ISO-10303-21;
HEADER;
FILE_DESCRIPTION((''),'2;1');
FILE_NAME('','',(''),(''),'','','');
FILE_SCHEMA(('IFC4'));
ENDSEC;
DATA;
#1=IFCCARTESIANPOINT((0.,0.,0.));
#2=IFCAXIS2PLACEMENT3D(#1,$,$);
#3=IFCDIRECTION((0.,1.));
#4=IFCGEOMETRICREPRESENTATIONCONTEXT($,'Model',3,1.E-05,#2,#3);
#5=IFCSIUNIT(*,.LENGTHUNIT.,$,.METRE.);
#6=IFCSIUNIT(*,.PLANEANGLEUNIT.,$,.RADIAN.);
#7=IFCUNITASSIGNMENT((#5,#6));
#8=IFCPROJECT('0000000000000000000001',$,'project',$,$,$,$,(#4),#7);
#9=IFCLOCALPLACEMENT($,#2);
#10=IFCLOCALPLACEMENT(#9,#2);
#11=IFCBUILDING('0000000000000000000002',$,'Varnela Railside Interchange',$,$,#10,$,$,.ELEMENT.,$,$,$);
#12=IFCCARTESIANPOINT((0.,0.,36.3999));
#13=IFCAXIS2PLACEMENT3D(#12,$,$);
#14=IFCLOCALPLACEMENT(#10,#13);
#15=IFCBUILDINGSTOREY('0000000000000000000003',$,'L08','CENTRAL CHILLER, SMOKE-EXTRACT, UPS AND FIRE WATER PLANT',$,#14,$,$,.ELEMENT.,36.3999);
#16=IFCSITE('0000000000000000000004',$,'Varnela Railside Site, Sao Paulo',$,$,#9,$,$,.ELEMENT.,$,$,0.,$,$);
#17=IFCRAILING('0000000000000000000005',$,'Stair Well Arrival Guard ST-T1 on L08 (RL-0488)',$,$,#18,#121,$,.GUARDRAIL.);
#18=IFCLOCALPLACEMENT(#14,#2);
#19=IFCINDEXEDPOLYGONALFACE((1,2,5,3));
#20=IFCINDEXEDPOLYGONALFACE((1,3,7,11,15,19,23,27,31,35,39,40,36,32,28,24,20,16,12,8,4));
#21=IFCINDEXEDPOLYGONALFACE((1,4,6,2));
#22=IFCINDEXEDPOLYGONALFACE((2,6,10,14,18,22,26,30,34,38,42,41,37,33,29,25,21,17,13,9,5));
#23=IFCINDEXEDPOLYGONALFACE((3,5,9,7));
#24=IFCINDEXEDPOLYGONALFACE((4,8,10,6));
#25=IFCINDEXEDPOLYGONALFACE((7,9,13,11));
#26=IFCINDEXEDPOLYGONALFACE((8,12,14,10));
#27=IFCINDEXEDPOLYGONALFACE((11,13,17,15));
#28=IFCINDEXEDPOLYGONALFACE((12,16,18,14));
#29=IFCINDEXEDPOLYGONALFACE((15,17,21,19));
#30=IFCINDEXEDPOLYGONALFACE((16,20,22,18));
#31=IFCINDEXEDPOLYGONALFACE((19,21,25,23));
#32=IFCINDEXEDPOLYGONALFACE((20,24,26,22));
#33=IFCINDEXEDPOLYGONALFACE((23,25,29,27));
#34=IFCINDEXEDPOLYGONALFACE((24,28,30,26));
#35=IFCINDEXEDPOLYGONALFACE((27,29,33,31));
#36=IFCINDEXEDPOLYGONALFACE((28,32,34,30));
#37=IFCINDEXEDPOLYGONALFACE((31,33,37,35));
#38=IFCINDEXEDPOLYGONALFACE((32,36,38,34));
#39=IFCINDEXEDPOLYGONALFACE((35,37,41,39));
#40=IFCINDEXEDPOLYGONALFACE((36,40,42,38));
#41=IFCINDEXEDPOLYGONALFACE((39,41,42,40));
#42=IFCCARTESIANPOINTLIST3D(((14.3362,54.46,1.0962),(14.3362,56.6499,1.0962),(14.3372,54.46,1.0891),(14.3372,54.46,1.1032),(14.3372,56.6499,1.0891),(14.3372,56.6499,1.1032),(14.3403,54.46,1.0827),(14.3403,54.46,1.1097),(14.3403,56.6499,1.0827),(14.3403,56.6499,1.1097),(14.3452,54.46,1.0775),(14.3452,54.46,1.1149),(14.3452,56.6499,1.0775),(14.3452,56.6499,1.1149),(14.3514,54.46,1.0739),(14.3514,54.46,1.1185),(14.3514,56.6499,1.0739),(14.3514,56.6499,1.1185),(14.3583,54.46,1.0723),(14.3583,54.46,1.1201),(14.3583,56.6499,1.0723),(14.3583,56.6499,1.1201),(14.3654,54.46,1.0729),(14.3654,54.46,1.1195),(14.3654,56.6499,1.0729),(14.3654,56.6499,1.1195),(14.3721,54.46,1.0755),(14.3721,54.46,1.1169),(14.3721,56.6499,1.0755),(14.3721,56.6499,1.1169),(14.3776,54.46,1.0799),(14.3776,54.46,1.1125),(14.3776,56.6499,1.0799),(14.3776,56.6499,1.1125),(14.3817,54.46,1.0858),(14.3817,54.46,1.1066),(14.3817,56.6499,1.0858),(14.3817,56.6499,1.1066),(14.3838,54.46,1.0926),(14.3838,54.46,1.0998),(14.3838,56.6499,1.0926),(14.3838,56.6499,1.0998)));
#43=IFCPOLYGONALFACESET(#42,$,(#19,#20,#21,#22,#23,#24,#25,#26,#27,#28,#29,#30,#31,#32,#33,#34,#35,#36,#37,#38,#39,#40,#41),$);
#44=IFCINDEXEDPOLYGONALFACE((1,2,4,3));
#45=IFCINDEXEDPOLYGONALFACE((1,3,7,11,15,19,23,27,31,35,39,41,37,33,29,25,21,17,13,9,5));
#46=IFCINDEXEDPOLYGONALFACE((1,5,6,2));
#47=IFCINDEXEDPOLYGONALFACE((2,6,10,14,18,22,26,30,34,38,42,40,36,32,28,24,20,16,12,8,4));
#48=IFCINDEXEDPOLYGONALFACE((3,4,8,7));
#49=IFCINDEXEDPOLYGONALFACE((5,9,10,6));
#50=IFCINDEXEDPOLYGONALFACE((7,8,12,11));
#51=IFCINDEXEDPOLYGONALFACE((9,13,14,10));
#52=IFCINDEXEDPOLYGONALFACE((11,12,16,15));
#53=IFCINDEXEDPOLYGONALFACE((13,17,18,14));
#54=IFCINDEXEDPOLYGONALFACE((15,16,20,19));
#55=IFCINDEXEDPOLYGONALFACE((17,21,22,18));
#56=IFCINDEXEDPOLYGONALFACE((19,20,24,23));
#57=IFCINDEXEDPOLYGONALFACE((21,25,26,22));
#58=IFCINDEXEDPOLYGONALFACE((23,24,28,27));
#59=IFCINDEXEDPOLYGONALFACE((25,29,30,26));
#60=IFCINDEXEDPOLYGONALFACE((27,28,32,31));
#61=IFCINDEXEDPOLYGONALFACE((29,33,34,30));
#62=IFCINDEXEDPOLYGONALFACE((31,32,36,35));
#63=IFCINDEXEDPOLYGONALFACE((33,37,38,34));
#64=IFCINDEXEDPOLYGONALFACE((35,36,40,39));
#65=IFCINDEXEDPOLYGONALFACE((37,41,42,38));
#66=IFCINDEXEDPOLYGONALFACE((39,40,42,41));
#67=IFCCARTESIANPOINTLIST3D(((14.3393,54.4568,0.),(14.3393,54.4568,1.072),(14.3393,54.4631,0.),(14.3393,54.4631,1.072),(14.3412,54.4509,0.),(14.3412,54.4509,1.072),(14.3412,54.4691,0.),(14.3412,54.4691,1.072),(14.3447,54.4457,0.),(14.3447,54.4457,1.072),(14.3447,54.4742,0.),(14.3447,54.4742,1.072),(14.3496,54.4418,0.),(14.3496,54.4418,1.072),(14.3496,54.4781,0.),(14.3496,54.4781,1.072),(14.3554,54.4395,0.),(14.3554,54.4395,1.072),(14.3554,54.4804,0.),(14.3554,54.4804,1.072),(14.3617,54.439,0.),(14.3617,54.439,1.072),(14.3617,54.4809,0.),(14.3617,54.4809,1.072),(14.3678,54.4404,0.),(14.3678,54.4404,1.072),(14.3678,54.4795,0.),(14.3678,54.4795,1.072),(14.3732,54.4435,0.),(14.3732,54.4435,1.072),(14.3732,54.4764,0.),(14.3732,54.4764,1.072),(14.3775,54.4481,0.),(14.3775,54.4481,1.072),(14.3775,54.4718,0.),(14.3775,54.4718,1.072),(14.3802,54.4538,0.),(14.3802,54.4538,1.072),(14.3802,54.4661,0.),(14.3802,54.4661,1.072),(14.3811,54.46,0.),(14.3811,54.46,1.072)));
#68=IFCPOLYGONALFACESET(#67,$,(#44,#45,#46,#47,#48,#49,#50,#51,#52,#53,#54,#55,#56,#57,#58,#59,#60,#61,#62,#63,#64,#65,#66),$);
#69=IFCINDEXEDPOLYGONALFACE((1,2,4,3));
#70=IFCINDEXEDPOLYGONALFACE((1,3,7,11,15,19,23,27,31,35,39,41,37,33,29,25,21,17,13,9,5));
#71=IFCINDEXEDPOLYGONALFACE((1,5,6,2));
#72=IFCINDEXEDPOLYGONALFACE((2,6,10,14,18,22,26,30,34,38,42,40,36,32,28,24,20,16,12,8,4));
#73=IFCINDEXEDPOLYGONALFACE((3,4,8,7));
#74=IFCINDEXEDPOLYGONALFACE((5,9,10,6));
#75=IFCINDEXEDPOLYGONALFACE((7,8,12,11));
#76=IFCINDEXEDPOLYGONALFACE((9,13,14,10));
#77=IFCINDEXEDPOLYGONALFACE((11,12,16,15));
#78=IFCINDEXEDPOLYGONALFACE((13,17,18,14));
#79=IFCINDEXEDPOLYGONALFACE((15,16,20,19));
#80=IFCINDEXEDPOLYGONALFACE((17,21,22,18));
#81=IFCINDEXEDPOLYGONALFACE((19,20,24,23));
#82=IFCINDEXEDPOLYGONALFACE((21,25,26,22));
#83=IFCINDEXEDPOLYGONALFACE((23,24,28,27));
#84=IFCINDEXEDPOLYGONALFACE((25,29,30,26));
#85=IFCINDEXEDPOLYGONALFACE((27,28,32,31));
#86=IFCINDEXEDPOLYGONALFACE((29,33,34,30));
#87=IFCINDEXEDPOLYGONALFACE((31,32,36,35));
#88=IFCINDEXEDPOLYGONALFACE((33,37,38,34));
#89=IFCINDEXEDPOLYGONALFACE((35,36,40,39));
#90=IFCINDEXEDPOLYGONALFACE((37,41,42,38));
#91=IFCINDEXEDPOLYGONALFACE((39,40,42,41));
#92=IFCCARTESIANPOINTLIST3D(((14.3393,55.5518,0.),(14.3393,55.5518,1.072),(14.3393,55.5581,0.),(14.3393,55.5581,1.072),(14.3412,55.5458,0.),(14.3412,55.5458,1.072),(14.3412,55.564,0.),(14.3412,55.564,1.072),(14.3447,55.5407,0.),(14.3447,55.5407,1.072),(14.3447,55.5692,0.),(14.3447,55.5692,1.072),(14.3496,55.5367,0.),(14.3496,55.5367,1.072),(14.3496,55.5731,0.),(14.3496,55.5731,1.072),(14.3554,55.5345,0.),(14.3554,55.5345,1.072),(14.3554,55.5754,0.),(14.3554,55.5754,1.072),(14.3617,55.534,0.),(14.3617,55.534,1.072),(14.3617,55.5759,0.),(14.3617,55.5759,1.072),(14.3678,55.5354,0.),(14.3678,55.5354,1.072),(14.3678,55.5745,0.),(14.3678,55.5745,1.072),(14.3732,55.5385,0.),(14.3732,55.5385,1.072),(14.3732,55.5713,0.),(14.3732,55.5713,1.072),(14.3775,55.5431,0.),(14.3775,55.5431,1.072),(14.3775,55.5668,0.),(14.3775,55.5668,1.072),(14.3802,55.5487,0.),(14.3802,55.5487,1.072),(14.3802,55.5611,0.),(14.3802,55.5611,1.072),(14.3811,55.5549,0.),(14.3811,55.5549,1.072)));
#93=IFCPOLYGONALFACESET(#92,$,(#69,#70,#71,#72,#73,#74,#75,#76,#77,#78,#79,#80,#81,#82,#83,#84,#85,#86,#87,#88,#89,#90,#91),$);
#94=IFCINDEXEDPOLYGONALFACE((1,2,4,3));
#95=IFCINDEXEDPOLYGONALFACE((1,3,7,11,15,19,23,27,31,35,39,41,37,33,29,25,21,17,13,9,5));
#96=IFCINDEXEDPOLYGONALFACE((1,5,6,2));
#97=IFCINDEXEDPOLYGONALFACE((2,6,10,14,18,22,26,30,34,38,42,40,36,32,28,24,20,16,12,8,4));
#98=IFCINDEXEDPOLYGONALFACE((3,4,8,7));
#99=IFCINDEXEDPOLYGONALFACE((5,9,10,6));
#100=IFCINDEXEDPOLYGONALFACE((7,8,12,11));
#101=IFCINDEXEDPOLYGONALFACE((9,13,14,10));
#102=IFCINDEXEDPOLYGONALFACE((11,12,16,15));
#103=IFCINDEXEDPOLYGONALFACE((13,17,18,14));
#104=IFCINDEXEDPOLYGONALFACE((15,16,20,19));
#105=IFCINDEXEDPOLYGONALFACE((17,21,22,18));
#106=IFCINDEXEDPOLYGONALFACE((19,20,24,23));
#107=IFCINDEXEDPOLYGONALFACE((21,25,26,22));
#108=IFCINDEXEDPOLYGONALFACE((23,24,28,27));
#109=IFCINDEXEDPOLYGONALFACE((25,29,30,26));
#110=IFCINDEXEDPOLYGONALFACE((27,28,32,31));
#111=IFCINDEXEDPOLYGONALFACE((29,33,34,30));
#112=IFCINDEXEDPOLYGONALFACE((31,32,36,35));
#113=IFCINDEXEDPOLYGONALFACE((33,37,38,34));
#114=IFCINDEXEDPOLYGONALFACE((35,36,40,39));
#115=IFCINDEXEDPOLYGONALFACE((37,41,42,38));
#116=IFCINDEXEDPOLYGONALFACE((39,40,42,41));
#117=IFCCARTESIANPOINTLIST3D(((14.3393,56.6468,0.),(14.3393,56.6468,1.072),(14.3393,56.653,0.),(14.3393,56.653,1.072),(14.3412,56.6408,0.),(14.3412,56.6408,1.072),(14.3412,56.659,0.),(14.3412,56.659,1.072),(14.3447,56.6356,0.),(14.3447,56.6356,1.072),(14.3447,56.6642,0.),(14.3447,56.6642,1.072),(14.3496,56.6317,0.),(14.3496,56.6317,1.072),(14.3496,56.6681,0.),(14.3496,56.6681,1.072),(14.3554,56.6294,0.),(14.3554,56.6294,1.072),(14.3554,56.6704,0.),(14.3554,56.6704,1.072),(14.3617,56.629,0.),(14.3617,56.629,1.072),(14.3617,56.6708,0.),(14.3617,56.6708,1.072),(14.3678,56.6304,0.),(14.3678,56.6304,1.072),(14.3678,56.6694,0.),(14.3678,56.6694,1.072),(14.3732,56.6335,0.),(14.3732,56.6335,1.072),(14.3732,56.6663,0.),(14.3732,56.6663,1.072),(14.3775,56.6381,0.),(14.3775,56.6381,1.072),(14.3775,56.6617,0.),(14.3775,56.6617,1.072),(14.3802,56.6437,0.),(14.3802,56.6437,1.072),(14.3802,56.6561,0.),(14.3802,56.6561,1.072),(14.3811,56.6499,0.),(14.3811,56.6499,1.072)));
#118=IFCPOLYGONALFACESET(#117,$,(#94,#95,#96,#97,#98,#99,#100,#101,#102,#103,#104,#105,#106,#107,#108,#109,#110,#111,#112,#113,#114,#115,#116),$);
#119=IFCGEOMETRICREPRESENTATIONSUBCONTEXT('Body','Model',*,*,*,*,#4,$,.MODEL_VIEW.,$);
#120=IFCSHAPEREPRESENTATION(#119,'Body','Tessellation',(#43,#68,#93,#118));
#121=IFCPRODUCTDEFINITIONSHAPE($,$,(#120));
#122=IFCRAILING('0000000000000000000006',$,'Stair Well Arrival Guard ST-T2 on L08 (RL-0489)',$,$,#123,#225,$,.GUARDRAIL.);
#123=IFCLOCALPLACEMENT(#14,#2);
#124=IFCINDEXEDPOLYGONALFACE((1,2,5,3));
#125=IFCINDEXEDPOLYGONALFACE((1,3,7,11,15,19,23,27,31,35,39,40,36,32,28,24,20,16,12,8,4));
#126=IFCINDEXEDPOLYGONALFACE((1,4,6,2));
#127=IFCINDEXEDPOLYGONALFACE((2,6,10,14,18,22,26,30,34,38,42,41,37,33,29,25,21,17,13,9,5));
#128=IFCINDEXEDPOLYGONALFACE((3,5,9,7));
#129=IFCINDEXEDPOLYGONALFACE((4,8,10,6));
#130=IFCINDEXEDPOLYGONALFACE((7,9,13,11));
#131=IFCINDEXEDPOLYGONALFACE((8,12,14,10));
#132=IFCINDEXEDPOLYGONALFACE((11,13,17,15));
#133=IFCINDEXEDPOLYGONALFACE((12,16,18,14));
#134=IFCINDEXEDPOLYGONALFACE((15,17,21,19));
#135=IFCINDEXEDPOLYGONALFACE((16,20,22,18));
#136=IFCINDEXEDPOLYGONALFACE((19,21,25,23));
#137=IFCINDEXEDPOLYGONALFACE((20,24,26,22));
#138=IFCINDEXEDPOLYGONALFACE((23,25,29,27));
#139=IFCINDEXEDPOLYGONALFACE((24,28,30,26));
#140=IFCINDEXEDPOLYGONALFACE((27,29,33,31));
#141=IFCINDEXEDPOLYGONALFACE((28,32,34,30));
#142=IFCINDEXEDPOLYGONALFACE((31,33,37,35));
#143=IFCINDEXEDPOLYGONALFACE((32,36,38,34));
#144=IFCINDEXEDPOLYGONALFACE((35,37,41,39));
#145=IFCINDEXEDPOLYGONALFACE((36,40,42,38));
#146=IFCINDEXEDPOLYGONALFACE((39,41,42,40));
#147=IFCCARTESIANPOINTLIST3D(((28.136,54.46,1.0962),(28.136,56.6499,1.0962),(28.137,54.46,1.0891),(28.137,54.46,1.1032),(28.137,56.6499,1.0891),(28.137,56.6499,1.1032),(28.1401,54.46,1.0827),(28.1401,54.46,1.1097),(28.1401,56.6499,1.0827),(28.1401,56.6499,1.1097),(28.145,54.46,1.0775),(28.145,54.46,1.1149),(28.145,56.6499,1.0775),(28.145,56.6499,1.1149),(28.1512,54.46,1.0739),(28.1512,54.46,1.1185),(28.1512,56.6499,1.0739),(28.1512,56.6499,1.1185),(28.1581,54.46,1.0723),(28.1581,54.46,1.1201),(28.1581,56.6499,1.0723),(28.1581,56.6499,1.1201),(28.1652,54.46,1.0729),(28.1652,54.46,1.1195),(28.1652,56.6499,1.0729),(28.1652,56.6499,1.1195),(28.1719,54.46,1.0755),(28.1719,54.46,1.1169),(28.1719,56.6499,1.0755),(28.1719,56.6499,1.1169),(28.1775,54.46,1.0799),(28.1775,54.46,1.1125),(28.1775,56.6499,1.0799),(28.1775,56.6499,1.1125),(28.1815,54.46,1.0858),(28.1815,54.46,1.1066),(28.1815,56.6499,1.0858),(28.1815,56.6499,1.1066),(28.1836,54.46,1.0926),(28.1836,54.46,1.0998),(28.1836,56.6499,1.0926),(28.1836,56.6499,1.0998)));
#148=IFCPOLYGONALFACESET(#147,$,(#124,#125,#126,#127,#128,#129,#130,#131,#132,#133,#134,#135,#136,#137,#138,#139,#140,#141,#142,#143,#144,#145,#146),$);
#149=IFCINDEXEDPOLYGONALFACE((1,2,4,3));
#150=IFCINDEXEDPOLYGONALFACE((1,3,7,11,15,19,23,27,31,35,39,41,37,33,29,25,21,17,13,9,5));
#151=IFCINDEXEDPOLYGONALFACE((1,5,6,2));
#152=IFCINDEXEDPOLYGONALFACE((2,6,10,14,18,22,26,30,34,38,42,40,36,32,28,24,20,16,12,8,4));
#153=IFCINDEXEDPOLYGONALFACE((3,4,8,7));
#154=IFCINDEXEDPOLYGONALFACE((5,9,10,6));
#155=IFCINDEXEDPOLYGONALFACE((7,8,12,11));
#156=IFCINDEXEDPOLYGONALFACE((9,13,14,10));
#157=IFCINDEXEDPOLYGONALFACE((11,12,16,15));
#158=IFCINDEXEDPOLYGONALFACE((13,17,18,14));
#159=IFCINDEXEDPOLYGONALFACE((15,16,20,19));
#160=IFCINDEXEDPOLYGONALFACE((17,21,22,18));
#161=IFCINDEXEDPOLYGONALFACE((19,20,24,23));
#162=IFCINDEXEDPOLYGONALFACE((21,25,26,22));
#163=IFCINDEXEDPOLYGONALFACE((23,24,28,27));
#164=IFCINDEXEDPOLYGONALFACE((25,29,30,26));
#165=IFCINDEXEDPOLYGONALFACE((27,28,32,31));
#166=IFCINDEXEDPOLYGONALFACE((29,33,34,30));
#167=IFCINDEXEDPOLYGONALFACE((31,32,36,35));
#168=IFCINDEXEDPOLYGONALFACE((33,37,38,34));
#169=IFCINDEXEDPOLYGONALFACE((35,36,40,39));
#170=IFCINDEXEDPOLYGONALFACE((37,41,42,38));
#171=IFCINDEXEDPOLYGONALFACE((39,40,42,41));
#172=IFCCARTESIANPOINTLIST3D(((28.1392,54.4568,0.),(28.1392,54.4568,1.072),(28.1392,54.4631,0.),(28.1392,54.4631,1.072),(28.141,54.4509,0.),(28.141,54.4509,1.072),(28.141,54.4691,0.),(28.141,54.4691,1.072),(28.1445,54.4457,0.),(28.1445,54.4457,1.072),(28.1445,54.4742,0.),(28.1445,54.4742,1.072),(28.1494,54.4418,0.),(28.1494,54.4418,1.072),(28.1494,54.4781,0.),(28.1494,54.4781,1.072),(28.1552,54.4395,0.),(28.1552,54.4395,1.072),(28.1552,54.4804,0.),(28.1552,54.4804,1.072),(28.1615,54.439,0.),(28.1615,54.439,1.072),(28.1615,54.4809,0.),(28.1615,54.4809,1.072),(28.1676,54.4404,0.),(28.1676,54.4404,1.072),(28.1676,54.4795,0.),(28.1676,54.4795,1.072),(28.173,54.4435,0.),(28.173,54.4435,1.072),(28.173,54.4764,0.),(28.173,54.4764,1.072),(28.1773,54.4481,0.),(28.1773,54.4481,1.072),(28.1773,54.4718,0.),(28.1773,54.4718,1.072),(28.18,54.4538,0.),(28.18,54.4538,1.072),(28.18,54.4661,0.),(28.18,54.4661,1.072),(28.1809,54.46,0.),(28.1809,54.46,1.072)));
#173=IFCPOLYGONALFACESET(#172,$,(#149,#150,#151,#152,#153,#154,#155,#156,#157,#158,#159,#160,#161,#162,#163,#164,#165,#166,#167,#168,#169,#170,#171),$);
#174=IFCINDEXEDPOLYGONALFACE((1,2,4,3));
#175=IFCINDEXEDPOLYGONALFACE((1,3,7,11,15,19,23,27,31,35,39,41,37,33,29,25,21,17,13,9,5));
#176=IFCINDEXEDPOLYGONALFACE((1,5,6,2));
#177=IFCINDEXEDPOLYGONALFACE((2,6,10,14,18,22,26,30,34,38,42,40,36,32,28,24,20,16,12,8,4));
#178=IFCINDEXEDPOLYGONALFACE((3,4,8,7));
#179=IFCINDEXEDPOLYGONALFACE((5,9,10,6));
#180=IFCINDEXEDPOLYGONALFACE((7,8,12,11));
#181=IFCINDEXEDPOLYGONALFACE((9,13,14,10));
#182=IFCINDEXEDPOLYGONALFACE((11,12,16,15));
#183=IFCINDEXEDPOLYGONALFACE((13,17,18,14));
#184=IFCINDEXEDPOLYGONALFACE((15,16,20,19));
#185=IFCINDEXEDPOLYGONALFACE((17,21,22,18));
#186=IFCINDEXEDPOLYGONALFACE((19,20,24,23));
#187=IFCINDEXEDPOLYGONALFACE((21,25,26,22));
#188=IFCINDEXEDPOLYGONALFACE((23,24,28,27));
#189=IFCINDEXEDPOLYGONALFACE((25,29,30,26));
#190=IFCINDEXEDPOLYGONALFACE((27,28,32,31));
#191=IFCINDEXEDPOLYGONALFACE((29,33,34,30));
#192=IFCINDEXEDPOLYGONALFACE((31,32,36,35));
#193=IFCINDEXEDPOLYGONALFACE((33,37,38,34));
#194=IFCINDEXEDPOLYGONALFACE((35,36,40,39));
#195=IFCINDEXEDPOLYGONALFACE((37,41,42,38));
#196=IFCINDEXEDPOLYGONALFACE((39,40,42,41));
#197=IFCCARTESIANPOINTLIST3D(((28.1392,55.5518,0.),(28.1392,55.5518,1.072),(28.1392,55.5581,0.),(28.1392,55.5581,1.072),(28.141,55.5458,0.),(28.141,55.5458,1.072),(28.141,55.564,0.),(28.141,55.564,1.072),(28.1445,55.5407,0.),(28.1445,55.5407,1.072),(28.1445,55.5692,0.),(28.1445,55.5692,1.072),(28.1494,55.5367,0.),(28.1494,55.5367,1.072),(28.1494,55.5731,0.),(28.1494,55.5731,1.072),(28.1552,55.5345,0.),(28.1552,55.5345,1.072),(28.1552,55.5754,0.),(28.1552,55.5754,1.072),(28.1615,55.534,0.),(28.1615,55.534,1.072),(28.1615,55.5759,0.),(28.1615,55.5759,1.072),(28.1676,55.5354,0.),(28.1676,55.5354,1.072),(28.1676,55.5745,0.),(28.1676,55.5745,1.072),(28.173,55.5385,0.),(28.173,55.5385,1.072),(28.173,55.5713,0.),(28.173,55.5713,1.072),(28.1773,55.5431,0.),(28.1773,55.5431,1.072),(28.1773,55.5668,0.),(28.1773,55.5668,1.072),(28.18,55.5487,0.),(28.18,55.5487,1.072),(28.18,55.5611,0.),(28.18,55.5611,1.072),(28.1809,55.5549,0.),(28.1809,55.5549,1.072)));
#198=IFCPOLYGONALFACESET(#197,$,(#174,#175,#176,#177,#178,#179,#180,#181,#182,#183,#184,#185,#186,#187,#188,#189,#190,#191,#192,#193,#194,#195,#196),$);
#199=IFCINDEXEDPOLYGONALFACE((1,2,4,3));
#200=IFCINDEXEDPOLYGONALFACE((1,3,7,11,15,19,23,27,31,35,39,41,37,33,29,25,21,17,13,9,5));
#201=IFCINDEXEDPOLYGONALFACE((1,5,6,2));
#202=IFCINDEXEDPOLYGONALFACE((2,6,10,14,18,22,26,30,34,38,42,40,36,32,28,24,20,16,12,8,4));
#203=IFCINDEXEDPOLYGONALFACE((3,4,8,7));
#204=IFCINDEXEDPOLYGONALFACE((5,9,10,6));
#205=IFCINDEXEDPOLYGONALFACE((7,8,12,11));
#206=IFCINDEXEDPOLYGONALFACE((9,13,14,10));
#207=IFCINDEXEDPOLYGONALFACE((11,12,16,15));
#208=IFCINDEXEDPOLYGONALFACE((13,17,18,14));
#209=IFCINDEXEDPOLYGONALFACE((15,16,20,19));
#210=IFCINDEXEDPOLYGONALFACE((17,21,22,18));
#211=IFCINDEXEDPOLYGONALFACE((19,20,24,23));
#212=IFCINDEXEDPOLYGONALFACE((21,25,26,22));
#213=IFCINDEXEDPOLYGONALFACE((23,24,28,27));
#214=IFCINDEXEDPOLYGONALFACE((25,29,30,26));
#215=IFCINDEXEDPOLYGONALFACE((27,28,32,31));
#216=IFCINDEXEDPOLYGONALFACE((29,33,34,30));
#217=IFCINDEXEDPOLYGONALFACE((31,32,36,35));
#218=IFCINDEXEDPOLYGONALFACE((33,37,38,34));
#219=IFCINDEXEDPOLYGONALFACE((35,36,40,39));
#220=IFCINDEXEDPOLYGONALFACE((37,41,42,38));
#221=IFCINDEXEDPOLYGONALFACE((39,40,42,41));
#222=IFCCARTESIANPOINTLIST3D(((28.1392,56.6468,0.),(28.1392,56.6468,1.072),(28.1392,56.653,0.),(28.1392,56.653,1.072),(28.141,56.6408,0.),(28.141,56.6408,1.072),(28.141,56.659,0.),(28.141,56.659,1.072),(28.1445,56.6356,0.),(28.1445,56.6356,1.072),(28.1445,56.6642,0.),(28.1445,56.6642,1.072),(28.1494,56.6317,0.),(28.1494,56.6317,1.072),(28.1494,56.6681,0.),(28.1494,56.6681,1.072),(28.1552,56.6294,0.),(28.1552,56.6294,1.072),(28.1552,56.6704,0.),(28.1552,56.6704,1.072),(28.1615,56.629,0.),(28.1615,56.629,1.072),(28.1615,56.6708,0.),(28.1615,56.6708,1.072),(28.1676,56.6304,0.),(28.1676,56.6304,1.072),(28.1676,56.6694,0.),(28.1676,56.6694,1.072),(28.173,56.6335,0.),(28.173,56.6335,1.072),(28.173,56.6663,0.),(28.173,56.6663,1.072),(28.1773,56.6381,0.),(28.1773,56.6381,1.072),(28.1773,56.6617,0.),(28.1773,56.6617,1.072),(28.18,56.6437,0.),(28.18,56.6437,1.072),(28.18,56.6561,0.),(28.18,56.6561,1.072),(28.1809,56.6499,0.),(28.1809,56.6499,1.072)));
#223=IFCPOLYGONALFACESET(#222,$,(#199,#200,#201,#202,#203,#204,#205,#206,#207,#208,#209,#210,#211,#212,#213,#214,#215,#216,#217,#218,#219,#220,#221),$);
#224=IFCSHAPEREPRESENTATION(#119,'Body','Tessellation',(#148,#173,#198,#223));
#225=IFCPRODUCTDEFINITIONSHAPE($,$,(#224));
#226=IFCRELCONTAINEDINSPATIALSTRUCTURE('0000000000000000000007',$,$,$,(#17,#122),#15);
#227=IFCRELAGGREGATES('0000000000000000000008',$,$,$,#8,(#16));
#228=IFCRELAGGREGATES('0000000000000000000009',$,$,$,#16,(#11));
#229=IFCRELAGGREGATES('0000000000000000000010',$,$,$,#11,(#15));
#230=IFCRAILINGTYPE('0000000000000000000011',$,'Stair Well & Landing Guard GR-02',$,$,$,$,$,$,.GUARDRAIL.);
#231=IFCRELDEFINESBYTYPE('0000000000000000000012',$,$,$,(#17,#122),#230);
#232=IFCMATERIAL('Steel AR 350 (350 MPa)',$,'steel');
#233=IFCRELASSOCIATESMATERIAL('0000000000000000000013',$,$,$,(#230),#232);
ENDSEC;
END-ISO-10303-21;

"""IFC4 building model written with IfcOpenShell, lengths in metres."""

from ifc_helpers import new_model, si_unit, direction, frame, origin, origin_2d, place, context, subcontext, project, spatial, circle, extrude, material, type_object, element, save


model = new_model("IFC4")

# Units and contexts
model_context = context("Model", 3, precision=1e-05, world=origin(), true_north=direction((0.0, 1.0)))
body_context = subcontext(model_context, "Body", "Model", "MODEL_VIEW")
ifc_project = project(units=[si_unit("LENGTHUNIT", "METRE"), si_unit("PLANEANGLEUNIT", "RADIAN")], contexts=[model_context])

# Site, building, storey
site_placement = place(None, origin())
site = spatial("IfcSite", under=ifc_project, at=site_placement, Name="Varnela Railside Site, Sao Paulo", CompositionType="ELEMENT", RefElevation=0.0)
building_placement = place(site_placement, origin())
building = spatial("IfcBuilding", under=site, at=building_placement, Name="Varnela Railside Interchange", CompositionType="ELEMENT")
storey_placement = place(building_placement, frame((0.0, 0.0, 36.3999)))
storey = spatial("IfcBuildingStorey", under=building, at=storey_placement, Name="L08", Description="CENTRAL CHILLER, SMOKE-EXTRACT, UPS AND FIRE WATER PLANT", CompositionType="ELEMENT", Elevation=36.3999)

# Shared definitions
ifc_material_1 = material(Name="Steel AR 350 (350 MPa)", Category="steel")

# Railings
railing_type = type_object("IfcRailingType", Name="Stair Well & Landing Guard GR-02", PredefinedType="GUARDRAIL", material=ifc_material_1)
for number, where, name in (
    (1, (14.3601, 54.46, 0.0), "Stair Well Arrival Guard ST-T1 on L08 (RL-0488)"),
    (2, (28.1599, 54.46, 0.0), "Stair Well Arrival Guard ST-T2 on L08 (RL-0489)"),
):
    element("IfcRailing", number, at=place(storey_placement, frame(where)), inside=storey, type_object=railing_type, Name=name, PredefinedType="GUARDRAIL", context=body_context, shape_type="SweptSolid", body=[
        extrude(circle(Radius=0.0239, at=origin_2d()), frame((0.0, 0.0, 1.0962), z_axis=(0.0, 1.0, 0.0), x_axis=(-1.0, 0.0, 0.0)), (0.0, 0.0, 1.0), 2.1899),
        extrude(circle(Radius=0.021, at=origin_2d()), origin(), (0.0, 0.0, 1.0), 1.072),
        extrude(circle(Radius=0.021, at=origin_2d()), frame((0.0, 1.095, 0.0)), (0.0, 0.0, 1.0), 1.072),
        extrude(circle(Radius=0.021, at=origin_2d()), frame((0.0, 2.1899, 0.0)), (0.0, 0.0, 1.0), 1.072),
    ])

save(model, "model.ifc")
